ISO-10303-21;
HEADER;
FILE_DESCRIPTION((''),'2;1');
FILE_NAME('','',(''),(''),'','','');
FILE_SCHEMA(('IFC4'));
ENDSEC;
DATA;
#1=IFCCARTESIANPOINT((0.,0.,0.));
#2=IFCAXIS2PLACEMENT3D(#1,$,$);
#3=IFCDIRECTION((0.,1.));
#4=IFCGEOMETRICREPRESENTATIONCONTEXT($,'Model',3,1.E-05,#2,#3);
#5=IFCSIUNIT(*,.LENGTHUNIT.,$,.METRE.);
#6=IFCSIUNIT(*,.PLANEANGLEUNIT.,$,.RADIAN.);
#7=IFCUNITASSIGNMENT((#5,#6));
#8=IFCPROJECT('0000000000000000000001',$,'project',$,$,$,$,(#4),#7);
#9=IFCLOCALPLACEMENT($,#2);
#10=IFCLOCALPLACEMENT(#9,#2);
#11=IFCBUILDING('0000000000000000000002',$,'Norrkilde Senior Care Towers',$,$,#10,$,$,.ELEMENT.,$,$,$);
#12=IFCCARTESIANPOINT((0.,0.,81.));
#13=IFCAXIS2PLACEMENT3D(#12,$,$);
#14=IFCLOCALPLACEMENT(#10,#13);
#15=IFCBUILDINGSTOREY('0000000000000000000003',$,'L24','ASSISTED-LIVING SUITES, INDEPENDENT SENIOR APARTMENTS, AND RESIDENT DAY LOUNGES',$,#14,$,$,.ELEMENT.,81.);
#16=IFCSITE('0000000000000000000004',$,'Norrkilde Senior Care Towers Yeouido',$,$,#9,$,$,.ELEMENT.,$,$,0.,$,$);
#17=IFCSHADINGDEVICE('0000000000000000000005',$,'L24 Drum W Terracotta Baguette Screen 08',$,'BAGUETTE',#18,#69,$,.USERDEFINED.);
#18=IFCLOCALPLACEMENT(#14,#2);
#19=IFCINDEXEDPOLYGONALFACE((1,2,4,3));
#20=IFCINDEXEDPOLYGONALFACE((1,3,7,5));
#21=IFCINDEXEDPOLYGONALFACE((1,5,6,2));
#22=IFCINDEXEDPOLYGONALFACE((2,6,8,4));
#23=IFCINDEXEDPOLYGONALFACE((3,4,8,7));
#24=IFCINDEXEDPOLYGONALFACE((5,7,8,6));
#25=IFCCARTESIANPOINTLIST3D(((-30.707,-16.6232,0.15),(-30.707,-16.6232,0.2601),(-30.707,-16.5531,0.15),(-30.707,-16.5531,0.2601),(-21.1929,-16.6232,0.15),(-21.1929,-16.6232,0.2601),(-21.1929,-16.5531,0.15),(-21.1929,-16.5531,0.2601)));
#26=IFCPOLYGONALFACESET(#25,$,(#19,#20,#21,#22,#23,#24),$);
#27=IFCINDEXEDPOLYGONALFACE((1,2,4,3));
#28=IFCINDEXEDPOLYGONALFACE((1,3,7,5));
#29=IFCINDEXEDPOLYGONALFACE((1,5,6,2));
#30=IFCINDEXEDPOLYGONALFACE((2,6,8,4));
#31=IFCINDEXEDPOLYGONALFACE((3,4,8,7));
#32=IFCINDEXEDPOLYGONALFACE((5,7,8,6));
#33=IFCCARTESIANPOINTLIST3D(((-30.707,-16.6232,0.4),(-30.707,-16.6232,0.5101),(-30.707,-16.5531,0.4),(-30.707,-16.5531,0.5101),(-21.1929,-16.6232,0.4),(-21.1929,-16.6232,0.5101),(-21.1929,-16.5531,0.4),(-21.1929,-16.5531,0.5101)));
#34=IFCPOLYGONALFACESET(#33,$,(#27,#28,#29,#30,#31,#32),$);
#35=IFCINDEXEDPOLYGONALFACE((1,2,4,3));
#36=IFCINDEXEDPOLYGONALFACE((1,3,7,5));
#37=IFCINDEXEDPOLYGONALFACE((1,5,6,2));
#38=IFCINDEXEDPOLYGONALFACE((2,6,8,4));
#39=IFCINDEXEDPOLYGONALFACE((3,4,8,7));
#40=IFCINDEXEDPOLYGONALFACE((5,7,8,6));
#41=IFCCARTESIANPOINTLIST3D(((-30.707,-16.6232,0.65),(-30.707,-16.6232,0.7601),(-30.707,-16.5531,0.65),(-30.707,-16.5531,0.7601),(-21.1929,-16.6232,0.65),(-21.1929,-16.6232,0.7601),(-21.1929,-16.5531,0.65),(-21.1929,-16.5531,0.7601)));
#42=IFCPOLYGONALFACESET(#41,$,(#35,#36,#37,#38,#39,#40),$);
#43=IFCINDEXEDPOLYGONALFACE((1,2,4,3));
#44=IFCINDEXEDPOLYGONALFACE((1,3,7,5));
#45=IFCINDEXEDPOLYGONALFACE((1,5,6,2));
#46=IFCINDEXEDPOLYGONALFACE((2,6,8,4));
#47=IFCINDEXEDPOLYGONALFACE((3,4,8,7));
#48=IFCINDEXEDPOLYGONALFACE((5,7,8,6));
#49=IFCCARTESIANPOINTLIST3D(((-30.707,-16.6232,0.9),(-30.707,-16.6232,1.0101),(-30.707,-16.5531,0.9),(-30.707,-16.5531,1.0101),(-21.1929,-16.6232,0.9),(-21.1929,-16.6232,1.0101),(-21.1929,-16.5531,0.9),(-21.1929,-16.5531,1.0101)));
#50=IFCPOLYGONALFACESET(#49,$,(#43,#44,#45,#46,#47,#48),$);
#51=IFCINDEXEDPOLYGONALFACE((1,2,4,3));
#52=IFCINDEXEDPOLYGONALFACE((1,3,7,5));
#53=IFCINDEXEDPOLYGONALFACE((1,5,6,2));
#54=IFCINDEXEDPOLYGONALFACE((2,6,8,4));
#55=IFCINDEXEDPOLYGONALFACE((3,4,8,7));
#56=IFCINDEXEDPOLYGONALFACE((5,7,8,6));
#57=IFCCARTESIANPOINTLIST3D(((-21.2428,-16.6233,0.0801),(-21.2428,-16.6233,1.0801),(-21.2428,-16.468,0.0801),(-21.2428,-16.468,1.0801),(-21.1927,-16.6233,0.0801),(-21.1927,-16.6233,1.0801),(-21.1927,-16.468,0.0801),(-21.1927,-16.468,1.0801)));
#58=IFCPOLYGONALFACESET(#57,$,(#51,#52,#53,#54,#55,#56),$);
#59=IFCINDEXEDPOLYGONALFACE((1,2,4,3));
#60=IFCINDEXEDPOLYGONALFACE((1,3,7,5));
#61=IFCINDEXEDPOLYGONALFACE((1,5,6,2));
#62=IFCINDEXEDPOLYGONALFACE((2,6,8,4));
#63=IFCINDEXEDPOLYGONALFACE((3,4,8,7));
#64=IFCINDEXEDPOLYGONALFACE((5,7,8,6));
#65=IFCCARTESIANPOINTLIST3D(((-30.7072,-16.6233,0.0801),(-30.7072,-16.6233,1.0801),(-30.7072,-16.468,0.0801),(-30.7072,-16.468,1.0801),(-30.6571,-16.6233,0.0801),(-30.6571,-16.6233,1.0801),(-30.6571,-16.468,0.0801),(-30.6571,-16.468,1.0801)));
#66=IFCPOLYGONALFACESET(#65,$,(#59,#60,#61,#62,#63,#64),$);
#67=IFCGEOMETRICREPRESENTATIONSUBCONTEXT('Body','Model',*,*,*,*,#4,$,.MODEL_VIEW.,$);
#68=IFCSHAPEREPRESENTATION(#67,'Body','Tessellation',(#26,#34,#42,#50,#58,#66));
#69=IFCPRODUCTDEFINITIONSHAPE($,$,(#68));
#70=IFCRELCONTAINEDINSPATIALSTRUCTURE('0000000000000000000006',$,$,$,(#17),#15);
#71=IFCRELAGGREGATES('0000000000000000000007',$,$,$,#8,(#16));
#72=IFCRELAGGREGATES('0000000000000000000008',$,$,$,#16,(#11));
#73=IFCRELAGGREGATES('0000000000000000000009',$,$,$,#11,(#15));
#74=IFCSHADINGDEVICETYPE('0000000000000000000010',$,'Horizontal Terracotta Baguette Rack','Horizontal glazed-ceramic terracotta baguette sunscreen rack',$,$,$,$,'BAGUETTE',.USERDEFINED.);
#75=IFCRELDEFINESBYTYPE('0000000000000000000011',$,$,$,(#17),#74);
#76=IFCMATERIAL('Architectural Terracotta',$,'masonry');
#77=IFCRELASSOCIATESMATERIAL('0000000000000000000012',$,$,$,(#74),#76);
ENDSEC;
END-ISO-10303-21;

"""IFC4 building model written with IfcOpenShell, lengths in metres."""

from ifc_helpers import new_model, si_unit, direction, frame, origin, origin_2d, place, context, subcontext, project, spatial, rectangle, extrude, source, transform, mapped, material, type_object, type_shapes, element, save


model = new_model("IFC4")

# Units and contexts
model_context = context("Model", 3, precision=1e-05, world=origin(), true_north=direction((0.0, 1.0)))
body_context = subcontext(model_context, "Body", "Model", "MODEL_VIEW")
ifc_project = project(units=[si_unit("LENGTHUNIT", "METRE"), si_unit("PLANEANGLEUNIT", "RADIAN")], contexts=[model_context])

# Site, building, storey
site_placement = place(None, origin())
site = spatial("IfcSite", under=ifc_project, at=site_placement, Name="Norrkilde Senior Care Towers Yeouido", CompositionType="ELEMENT", RefElevation=0.0)
building_placement = place(site_placement, origin())
building = spatial("IfcBuilding", under=site, at=building_placement, Name="Norrkilde Senior Care Towers", CompositionType="ELEMENT")
storey_placement = place(building_placement, frame((0.0, 0.0, 81.0)))
storey = spatial("IfcBuildingStorey", under=building, at=storey_placement, Name="L24", Description="ASSISTED-LIVING SUITES, INDEPENDENT SENIOR APARTMENTS, AND RESIDENT DAY LOUNGES", CompositionType="ELEMENT", Elevation=81.0)

# Shading device
ifc_material_1 = material(Name="Architectural Terracotta", Category="masonry")
shading_device_type = type_object("IfcShadingDeviceType", Name="Horizontal Terracotta Baguette Rack", Description="Horizontal glazed-ceramic terracotta baguette sunscreen rack", ElementType="BAGUETTE", PredefinedType="USERDEFINED", material=ifc_material_1)
shared_shape_1 = source(origin(), body_context, "Body", "SweptSolid", [
    extrude(rectangle(XDim=0.0701, YDim=0.1101, at=origin_2d()), frame((0.0, 0.0901, 0.125), z_axis=(1.0, 0.0, 0.0), x_axis=(0.0, 1.0, 0.0)), (0.0, 0.0, 1.0), 9.5142),
    extrude(rectangle(XDim=0.0701, YDim=0.1101, at=origin_2d()), frame((0.0, 0.0901, 0.375), z_axis=(1.0, 0.0, 0.0), x_axis=(0.0, 1.0, 0.0)), (0.0, 0.0, 1.0), 9.5142),
    extrude(rectangle(XDim=0.0701, YDim=0.1101, at=origin_2d()), frame((0.0, 0.0901, 0.625), z_axis=(1.0, 0.0, 0.0), x_axis=(0.0, 1.0, 0.0)), (0.0, 0.0, 1.0), 9.5142),
    extrude(rectangle(XDim=0.0701, YDim=0.1101, at=origin_2d()), frame((0.0, 0.0901, 0.875), z_axis=(1.0, 0.0, 0.0), x_axis=(0.0, 1.0, 0.0)), (0.0, 0.0, 1.0), 9.5142),
    extrude(rectangle(XDim=0.05, YDim=0.1553, at=origin_2d()), frame((0.0249, 0.0476, 0.0)), (0.0, 0.0, 1.0), 1.0),
    extrude(rectangle(XDim=0.05, YDim=0.1553, at=origin_2d()), frame((9.4893, 0.0476, 0.0)), (0.0, 0.0, 1.0), 1.0),
])
type_shapes(shading_device_type, [shared_shape_1])
shading_device_placement = place(storey_placement, frame((-21.1929, -16.498, 0.0801), z_axis=(0.0, 0.0, 1.0), x_axis=(-1.0, 0.0, 0.0)))
element("IfcShadingDevice", 1, at=shading_device_placement, inside=storey, type_object=shading_device_type, Name="L24 Drum W Terracotta Baguette Screen 08", ObjectType="BAGUETTE", PredefinedType="USERDEFINED", context=body_context, shape_type="MappedRepresentation", body=[
    mapped(shared_shape_1, transform((0.0, 0.0, 0.0), x_axis=(1.0, 0.0, 0.0), y_axis=(0.0, 1.0, 0.0), z_axis=(0.0, 0.0, 1.0), scale=1.0)),
])

save(model, "model.ifc")
